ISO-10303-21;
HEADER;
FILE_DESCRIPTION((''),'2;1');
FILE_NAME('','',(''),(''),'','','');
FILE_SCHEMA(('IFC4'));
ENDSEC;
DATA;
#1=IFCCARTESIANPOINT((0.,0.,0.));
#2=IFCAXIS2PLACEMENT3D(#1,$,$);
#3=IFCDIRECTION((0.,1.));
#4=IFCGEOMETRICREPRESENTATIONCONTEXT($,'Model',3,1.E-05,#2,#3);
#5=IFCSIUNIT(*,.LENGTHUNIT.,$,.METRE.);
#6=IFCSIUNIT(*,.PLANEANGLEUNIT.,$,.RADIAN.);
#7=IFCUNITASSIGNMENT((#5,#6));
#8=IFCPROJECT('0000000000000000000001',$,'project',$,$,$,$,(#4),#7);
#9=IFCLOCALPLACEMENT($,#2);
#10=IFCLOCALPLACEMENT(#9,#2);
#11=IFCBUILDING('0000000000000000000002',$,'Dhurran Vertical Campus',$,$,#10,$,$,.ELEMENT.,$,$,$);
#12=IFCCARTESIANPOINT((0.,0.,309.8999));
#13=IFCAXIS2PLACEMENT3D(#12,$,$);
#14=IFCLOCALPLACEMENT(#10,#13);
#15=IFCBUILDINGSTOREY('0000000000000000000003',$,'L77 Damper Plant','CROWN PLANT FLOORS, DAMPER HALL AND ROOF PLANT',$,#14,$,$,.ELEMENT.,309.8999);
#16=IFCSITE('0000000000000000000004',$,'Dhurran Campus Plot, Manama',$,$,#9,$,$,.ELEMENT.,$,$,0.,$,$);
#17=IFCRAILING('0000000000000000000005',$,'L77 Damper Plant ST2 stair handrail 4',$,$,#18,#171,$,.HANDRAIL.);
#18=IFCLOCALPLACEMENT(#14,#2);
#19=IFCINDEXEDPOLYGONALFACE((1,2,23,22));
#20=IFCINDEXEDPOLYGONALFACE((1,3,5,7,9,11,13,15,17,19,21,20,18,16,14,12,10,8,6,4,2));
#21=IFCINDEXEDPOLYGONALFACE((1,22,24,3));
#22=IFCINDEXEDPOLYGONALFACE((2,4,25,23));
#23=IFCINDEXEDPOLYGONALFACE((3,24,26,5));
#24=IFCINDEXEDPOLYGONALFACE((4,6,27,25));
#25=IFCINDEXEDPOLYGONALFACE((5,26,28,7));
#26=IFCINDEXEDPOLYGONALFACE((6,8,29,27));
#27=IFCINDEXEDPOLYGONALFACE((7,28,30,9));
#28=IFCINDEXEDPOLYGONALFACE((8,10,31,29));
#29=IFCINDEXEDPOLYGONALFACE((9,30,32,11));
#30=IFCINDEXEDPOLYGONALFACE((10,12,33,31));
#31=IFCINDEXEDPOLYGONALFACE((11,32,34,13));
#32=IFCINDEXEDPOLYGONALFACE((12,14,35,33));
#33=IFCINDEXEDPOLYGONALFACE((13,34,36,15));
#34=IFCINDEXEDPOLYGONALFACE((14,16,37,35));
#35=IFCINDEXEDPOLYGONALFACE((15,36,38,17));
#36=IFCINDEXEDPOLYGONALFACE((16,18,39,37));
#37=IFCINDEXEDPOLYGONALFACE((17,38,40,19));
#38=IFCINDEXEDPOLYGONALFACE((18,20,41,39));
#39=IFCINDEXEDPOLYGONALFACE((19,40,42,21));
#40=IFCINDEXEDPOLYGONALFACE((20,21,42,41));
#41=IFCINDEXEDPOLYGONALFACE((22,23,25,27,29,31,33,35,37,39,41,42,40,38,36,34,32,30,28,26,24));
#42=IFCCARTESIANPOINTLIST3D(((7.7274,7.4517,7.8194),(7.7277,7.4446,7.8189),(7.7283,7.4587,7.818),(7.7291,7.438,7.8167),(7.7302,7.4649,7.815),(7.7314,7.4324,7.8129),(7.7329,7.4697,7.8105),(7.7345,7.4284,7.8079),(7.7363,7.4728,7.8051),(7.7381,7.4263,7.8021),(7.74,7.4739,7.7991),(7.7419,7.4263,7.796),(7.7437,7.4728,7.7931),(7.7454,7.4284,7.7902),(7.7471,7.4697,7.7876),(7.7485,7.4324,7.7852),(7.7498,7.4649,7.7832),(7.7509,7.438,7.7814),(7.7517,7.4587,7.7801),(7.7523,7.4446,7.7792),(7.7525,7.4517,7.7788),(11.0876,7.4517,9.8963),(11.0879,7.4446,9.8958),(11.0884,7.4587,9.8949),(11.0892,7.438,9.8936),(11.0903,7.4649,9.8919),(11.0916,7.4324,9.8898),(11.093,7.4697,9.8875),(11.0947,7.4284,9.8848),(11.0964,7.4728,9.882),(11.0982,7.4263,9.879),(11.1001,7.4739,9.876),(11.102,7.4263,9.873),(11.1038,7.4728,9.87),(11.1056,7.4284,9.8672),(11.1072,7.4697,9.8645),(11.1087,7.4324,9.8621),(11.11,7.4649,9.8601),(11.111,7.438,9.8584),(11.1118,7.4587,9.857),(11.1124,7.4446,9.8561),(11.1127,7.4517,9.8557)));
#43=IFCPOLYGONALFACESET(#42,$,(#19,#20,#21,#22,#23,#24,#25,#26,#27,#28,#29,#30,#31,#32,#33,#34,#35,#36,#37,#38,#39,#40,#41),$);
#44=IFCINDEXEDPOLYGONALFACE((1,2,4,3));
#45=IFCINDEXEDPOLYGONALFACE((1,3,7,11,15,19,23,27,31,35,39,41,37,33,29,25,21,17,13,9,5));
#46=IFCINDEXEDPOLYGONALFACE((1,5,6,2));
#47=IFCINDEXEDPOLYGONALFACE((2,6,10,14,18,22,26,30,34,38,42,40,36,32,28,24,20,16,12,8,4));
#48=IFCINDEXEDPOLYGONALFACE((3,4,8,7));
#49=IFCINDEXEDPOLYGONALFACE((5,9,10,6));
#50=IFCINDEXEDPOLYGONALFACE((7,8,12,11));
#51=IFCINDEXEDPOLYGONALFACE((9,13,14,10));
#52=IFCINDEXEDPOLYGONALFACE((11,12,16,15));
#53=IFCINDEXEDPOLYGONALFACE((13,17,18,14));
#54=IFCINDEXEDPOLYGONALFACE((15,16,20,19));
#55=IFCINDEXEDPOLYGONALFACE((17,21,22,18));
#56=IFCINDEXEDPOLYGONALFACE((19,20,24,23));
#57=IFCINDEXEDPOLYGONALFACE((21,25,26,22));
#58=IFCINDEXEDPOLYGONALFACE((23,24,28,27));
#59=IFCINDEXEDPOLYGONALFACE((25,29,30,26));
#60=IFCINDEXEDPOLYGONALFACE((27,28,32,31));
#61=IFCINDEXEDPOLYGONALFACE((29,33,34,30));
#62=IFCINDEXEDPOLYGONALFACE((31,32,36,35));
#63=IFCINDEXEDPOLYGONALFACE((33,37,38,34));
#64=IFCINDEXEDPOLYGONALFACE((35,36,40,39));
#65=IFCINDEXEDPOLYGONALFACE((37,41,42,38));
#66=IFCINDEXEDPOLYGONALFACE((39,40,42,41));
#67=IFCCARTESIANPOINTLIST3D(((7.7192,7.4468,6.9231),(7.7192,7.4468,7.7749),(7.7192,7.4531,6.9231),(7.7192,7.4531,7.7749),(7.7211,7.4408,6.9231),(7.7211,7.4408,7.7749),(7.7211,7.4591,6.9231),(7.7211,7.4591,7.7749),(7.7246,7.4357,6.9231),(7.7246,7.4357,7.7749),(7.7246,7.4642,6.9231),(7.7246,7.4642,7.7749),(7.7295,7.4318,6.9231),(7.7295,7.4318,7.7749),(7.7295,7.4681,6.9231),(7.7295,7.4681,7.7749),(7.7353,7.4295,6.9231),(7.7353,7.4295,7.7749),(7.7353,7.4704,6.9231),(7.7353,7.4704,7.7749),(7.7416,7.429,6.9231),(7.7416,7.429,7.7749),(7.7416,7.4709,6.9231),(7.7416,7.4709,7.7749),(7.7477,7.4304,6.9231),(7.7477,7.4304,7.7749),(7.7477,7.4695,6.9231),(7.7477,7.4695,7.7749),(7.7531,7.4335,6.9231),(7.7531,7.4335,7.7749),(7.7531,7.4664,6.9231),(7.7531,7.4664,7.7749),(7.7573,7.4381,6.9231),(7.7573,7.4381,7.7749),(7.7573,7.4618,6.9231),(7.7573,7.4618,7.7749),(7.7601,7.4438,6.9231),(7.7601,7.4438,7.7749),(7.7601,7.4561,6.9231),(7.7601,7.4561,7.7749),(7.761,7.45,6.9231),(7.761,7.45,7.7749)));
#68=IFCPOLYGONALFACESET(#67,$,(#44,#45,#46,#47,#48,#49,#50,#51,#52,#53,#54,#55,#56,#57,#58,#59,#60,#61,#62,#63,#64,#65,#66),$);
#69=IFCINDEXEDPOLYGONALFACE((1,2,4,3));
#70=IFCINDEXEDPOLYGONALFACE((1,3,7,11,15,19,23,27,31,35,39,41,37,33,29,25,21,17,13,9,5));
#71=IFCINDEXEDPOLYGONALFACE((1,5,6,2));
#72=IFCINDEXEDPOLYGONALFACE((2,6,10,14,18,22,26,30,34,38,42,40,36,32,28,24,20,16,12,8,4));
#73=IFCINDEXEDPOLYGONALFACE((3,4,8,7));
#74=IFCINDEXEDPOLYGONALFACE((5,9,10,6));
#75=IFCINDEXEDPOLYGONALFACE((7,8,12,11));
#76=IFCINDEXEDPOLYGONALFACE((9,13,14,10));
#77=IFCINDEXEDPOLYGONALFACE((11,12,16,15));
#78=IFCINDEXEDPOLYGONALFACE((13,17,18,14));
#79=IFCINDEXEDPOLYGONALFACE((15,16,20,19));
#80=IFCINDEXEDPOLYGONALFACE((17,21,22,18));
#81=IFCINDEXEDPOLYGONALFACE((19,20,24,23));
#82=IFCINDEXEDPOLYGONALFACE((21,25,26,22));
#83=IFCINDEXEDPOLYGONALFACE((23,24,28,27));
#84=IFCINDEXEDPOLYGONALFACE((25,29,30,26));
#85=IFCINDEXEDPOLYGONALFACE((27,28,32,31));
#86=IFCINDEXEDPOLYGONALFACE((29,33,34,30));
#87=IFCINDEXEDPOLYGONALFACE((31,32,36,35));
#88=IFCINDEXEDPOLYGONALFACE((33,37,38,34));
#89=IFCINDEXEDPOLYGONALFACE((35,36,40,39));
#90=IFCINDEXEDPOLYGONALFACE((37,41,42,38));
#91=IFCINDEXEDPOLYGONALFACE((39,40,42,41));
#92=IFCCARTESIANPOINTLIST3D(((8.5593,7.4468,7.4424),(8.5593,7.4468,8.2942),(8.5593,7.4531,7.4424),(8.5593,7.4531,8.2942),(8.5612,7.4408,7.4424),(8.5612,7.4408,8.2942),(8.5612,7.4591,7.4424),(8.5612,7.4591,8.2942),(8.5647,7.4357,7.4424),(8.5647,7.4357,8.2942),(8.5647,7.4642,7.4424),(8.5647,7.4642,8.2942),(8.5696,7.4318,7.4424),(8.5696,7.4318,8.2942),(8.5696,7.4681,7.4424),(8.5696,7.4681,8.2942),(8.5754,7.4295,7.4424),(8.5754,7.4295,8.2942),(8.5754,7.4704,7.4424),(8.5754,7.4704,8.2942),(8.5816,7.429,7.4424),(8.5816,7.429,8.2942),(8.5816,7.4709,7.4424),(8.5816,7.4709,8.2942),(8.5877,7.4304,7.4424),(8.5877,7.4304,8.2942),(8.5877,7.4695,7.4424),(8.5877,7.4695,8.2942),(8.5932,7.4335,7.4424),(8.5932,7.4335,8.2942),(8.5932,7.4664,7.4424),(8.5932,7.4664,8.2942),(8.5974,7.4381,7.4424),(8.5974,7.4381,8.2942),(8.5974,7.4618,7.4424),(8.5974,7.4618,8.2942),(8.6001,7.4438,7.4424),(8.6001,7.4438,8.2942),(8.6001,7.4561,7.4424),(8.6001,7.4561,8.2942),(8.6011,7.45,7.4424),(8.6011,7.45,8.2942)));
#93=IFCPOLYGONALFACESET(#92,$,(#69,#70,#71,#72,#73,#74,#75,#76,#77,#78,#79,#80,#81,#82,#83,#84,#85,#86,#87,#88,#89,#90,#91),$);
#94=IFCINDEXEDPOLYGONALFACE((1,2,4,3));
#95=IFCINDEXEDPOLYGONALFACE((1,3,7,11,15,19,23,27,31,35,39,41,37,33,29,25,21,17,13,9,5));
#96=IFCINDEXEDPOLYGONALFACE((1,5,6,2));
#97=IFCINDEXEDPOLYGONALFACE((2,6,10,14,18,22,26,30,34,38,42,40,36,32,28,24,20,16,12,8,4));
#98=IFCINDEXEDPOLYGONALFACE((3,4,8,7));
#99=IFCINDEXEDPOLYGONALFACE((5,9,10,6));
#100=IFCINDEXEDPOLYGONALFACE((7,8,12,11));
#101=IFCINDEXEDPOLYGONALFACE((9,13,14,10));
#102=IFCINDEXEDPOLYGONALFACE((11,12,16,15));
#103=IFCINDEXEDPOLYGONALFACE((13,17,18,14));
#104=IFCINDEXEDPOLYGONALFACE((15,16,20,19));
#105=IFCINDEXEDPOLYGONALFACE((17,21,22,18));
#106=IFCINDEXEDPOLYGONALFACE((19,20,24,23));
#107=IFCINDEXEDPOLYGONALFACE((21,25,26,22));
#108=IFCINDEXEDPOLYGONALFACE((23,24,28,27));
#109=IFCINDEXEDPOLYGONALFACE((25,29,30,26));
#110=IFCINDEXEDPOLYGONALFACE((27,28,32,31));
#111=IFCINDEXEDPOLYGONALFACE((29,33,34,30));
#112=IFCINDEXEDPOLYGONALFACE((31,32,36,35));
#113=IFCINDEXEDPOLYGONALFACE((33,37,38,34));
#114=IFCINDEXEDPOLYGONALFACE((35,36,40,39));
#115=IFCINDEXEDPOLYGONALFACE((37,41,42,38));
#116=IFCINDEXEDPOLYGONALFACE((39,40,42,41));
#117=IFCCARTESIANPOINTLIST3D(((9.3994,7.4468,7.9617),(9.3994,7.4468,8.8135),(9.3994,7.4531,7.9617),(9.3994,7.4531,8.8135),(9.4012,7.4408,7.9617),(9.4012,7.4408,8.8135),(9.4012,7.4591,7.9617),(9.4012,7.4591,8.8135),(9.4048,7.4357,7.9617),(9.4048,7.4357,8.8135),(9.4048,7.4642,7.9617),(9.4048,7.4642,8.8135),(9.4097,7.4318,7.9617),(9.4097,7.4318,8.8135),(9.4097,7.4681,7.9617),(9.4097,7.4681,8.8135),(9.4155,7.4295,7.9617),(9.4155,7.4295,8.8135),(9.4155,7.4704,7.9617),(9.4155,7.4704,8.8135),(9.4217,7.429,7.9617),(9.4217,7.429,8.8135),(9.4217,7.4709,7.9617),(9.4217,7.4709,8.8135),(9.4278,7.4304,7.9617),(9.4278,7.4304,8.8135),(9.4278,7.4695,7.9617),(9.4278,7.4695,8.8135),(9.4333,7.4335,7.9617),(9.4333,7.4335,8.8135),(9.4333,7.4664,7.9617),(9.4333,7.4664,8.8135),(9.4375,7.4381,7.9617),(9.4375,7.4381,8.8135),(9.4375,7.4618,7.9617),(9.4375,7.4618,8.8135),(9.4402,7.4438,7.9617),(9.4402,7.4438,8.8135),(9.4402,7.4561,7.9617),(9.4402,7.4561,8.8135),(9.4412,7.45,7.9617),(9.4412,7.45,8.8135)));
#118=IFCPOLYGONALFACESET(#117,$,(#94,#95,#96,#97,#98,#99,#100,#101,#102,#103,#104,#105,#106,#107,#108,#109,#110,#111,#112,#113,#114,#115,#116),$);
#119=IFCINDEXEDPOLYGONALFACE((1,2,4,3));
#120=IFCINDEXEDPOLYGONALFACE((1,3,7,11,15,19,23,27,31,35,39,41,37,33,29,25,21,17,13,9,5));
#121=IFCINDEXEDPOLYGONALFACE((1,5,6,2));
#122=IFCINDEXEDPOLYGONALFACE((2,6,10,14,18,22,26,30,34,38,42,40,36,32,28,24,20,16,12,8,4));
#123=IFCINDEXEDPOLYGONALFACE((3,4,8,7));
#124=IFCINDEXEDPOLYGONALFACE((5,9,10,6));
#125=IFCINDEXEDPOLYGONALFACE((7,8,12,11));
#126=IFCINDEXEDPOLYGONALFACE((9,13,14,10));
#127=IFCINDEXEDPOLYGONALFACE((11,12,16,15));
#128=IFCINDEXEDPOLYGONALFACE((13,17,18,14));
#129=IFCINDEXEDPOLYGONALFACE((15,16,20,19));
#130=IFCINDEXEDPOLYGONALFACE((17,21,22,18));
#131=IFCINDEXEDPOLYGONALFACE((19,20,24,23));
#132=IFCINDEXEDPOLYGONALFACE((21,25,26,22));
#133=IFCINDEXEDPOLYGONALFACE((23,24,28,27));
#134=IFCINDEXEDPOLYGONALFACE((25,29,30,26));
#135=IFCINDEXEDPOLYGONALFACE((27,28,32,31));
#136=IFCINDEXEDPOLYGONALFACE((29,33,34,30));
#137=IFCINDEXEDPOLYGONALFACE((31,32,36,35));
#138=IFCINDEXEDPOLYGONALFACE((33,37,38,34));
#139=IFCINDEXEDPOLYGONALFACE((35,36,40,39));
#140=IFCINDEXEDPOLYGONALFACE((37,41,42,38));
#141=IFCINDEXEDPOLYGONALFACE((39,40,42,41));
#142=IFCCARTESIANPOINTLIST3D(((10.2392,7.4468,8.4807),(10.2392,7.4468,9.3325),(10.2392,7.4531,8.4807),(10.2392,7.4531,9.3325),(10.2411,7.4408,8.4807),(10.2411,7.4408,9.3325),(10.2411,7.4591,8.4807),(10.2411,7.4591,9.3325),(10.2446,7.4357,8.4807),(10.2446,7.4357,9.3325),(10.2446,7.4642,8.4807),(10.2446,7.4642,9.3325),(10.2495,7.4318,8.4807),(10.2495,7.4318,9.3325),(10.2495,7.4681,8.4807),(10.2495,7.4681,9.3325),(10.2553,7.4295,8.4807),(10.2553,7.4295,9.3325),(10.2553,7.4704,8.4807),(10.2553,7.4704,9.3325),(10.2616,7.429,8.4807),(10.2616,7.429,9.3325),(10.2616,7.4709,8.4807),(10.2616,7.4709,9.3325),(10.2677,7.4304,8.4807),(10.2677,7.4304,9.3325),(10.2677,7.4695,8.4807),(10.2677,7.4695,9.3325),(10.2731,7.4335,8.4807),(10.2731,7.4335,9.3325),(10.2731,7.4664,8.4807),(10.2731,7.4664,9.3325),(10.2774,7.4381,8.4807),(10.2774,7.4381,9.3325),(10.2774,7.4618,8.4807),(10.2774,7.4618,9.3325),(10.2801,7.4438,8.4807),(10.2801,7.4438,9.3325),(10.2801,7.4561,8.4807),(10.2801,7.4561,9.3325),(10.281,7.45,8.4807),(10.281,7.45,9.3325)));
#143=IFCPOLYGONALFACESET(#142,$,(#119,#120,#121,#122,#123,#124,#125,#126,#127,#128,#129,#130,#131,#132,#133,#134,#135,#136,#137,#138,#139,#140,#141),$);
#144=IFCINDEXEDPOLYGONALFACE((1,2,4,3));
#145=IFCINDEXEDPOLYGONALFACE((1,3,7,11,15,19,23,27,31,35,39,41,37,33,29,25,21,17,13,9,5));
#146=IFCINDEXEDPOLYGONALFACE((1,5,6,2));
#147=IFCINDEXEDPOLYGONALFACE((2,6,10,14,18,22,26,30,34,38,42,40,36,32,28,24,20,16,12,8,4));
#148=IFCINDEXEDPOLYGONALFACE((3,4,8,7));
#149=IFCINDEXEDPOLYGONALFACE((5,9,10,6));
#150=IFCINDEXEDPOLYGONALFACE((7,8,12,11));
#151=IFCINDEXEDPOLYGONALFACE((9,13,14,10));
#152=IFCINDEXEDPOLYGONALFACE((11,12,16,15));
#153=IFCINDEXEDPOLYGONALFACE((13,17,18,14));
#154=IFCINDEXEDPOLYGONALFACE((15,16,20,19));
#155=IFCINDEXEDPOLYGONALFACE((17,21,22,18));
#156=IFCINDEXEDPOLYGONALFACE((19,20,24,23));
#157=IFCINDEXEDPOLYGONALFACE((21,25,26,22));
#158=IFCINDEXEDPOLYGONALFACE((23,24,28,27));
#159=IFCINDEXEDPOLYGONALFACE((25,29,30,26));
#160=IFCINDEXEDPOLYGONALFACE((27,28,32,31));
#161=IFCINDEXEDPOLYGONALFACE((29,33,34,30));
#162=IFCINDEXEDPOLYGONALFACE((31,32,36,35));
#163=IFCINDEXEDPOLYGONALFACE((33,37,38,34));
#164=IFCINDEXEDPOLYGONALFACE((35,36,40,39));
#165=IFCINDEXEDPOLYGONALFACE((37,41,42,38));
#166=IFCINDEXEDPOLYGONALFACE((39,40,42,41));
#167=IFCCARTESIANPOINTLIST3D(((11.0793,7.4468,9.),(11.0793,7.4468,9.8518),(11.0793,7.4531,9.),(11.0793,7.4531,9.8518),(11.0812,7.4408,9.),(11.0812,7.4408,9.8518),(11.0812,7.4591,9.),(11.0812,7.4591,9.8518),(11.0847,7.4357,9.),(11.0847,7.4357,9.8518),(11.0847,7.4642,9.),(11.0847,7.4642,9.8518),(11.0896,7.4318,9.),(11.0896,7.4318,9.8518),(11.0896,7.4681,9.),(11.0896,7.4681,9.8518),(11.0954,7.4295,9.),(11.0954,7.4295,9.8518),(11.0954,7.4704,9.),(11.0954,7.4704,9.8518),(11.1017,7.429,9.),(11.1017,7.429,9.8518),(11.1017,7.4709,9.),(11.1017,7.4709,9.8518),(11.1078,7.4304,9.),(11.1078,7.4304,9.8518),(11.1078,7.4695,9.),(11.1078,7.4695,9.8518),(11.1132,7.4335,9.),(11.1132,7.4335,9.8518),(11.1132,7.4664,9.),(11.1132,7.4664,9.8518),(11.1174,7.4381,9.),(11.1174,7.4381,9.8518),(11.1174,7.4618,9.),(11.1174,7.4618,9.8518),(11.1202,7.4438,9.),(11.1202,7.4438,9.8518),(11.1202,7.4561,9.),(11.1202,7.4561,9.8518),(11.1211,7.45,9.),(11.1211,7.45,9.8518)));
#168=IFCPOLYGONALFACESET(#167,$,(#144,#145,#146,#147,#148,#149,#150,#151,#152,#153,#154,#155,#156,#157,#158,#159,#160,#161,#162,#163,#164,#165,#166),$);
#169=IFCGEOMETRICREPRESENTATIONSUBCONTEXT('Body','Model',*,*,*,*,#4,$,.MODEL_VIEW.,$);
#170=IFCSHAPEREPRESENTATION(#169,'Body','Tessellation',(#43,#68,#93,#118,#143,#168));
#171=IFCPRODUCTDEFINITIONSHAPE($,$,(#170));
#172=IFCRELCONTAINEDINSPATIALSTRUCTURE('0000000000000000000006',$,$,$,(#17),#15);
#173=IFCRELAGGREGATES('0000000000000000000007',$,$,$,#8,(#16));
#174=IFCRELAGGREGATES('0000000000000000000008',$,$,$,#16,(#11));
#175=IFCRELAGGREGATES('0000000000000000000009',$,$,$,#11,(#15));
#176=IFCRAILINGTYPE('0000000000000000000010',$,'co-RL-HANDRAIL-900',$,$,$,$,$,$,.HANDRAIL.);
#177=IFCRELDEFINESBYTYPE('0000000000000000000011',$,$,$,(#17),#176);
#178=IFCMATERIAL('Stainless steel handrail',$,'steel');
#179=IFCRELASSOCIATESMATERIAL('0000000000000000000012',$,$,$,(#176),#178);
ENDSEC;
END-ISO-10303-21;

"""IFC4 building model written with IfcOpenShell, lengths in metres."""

from ifc_helpers import new_model, si_unit, direction, frame, origin, origin_2d, place, context, subcontext, project, spatial, circle, extrude, material, type_object, element, save


model = new_model("IFC4")

# Units and contexts
model_context = context("Model", 3, precision=1e-05, world=origin(), true_north=direction((0.0, 1.0)))
body_context = subcontext(model_context, "Body", "Model", "MODEL_VIEW")
ifc_project = project(units=[si_unit("LENGTHUNIT", "METRE"), si_unit("PLANEANGLEUNIT", "RADIAN")], contexts=[model_context])

# Site, building, storey
site_placement = place(None, origin())
site = spatial("IfcSite", under=ifc_project, at=site_placement, Name="Dhurran Campus Plot, Manama", CompositionType="ELEMENT", RefElevation=0.0)
building_placement = place(site_placement, origin())
building = spatial("IfcBuilding", under=site, at=building_placement, Name="Dhurran Vertical Campus", CompositionType="ELEMENT")
storey_placement = place(building_placement, frame((0.0, 0.0, 309.8999)))
storey = spatial("IfcBuildingStorey", under=building, at=storey_placement, Name="L77 Damper Plant", Description="CROWN PLANT FLOORS, DAMPER HALL AND ROOF PLANT", CompositionType="ELEMENT", Elevation=309.8999)

# Railing
ifc_material_1 = material(Name="Stainless steel handrail", Category="steel")
railing_type = type_object("IfcRailingType", Name="co-RL-HANDRAIL-900", PredefinedType="HANDRAIL", material=ifc_material_1)
for number, where, name in (
    (1, (7.74, 7.45, 6.9231), "L77 Damper Plant ST2 stair handrail 4"),
):
    element("IfcRailing", number, at=place(storey_placement, frame(where)), inside=storey, type_object=railing_type, Name=name, PredefinedType="HANDRAIL", context=body_context, shape_type="SweptSolid", body=[
        extrude(circle(Radius=0.0239, at=origin_2d()), frame((0.0, 0.0, 0.876), z_axis=(0.850623, 0.0, 0.525776), x_axis=(0.0, 1.0, 0.0)), (0.0, 0.0, 1.0), 3.9502),
        extrude(circle(Radius=0.021, at=origin_2d()), origin(), (0.0, 0.0, 1.0), 0.8518),
        extrude(circle(Radius=0.021, at=origin_2d()), frame((0.8401, 0.0, 0.5193)), (0.0, 0.0, 1.0), 0.8518),
        extrude(circle(Radius=0.021, at=origin_2d()), frame((1.6802, 0.0, 1.0386)), (0.0, 0.0, 1.0), 0.8518),
        extrude(circle(Radius=0.021, at=origin_2d()), frame((2.52, 0.0, 1.5576)), (0.0, 0.0, 1.0), 0.8518),
        extrude(circle(Radius=0.021, at=origin_2d()), frame((3.3601, 0.0, 2.0769)), (0.0, 0.0, 1.0), 0.8518),
    ])

save(model, "model.ifc")
